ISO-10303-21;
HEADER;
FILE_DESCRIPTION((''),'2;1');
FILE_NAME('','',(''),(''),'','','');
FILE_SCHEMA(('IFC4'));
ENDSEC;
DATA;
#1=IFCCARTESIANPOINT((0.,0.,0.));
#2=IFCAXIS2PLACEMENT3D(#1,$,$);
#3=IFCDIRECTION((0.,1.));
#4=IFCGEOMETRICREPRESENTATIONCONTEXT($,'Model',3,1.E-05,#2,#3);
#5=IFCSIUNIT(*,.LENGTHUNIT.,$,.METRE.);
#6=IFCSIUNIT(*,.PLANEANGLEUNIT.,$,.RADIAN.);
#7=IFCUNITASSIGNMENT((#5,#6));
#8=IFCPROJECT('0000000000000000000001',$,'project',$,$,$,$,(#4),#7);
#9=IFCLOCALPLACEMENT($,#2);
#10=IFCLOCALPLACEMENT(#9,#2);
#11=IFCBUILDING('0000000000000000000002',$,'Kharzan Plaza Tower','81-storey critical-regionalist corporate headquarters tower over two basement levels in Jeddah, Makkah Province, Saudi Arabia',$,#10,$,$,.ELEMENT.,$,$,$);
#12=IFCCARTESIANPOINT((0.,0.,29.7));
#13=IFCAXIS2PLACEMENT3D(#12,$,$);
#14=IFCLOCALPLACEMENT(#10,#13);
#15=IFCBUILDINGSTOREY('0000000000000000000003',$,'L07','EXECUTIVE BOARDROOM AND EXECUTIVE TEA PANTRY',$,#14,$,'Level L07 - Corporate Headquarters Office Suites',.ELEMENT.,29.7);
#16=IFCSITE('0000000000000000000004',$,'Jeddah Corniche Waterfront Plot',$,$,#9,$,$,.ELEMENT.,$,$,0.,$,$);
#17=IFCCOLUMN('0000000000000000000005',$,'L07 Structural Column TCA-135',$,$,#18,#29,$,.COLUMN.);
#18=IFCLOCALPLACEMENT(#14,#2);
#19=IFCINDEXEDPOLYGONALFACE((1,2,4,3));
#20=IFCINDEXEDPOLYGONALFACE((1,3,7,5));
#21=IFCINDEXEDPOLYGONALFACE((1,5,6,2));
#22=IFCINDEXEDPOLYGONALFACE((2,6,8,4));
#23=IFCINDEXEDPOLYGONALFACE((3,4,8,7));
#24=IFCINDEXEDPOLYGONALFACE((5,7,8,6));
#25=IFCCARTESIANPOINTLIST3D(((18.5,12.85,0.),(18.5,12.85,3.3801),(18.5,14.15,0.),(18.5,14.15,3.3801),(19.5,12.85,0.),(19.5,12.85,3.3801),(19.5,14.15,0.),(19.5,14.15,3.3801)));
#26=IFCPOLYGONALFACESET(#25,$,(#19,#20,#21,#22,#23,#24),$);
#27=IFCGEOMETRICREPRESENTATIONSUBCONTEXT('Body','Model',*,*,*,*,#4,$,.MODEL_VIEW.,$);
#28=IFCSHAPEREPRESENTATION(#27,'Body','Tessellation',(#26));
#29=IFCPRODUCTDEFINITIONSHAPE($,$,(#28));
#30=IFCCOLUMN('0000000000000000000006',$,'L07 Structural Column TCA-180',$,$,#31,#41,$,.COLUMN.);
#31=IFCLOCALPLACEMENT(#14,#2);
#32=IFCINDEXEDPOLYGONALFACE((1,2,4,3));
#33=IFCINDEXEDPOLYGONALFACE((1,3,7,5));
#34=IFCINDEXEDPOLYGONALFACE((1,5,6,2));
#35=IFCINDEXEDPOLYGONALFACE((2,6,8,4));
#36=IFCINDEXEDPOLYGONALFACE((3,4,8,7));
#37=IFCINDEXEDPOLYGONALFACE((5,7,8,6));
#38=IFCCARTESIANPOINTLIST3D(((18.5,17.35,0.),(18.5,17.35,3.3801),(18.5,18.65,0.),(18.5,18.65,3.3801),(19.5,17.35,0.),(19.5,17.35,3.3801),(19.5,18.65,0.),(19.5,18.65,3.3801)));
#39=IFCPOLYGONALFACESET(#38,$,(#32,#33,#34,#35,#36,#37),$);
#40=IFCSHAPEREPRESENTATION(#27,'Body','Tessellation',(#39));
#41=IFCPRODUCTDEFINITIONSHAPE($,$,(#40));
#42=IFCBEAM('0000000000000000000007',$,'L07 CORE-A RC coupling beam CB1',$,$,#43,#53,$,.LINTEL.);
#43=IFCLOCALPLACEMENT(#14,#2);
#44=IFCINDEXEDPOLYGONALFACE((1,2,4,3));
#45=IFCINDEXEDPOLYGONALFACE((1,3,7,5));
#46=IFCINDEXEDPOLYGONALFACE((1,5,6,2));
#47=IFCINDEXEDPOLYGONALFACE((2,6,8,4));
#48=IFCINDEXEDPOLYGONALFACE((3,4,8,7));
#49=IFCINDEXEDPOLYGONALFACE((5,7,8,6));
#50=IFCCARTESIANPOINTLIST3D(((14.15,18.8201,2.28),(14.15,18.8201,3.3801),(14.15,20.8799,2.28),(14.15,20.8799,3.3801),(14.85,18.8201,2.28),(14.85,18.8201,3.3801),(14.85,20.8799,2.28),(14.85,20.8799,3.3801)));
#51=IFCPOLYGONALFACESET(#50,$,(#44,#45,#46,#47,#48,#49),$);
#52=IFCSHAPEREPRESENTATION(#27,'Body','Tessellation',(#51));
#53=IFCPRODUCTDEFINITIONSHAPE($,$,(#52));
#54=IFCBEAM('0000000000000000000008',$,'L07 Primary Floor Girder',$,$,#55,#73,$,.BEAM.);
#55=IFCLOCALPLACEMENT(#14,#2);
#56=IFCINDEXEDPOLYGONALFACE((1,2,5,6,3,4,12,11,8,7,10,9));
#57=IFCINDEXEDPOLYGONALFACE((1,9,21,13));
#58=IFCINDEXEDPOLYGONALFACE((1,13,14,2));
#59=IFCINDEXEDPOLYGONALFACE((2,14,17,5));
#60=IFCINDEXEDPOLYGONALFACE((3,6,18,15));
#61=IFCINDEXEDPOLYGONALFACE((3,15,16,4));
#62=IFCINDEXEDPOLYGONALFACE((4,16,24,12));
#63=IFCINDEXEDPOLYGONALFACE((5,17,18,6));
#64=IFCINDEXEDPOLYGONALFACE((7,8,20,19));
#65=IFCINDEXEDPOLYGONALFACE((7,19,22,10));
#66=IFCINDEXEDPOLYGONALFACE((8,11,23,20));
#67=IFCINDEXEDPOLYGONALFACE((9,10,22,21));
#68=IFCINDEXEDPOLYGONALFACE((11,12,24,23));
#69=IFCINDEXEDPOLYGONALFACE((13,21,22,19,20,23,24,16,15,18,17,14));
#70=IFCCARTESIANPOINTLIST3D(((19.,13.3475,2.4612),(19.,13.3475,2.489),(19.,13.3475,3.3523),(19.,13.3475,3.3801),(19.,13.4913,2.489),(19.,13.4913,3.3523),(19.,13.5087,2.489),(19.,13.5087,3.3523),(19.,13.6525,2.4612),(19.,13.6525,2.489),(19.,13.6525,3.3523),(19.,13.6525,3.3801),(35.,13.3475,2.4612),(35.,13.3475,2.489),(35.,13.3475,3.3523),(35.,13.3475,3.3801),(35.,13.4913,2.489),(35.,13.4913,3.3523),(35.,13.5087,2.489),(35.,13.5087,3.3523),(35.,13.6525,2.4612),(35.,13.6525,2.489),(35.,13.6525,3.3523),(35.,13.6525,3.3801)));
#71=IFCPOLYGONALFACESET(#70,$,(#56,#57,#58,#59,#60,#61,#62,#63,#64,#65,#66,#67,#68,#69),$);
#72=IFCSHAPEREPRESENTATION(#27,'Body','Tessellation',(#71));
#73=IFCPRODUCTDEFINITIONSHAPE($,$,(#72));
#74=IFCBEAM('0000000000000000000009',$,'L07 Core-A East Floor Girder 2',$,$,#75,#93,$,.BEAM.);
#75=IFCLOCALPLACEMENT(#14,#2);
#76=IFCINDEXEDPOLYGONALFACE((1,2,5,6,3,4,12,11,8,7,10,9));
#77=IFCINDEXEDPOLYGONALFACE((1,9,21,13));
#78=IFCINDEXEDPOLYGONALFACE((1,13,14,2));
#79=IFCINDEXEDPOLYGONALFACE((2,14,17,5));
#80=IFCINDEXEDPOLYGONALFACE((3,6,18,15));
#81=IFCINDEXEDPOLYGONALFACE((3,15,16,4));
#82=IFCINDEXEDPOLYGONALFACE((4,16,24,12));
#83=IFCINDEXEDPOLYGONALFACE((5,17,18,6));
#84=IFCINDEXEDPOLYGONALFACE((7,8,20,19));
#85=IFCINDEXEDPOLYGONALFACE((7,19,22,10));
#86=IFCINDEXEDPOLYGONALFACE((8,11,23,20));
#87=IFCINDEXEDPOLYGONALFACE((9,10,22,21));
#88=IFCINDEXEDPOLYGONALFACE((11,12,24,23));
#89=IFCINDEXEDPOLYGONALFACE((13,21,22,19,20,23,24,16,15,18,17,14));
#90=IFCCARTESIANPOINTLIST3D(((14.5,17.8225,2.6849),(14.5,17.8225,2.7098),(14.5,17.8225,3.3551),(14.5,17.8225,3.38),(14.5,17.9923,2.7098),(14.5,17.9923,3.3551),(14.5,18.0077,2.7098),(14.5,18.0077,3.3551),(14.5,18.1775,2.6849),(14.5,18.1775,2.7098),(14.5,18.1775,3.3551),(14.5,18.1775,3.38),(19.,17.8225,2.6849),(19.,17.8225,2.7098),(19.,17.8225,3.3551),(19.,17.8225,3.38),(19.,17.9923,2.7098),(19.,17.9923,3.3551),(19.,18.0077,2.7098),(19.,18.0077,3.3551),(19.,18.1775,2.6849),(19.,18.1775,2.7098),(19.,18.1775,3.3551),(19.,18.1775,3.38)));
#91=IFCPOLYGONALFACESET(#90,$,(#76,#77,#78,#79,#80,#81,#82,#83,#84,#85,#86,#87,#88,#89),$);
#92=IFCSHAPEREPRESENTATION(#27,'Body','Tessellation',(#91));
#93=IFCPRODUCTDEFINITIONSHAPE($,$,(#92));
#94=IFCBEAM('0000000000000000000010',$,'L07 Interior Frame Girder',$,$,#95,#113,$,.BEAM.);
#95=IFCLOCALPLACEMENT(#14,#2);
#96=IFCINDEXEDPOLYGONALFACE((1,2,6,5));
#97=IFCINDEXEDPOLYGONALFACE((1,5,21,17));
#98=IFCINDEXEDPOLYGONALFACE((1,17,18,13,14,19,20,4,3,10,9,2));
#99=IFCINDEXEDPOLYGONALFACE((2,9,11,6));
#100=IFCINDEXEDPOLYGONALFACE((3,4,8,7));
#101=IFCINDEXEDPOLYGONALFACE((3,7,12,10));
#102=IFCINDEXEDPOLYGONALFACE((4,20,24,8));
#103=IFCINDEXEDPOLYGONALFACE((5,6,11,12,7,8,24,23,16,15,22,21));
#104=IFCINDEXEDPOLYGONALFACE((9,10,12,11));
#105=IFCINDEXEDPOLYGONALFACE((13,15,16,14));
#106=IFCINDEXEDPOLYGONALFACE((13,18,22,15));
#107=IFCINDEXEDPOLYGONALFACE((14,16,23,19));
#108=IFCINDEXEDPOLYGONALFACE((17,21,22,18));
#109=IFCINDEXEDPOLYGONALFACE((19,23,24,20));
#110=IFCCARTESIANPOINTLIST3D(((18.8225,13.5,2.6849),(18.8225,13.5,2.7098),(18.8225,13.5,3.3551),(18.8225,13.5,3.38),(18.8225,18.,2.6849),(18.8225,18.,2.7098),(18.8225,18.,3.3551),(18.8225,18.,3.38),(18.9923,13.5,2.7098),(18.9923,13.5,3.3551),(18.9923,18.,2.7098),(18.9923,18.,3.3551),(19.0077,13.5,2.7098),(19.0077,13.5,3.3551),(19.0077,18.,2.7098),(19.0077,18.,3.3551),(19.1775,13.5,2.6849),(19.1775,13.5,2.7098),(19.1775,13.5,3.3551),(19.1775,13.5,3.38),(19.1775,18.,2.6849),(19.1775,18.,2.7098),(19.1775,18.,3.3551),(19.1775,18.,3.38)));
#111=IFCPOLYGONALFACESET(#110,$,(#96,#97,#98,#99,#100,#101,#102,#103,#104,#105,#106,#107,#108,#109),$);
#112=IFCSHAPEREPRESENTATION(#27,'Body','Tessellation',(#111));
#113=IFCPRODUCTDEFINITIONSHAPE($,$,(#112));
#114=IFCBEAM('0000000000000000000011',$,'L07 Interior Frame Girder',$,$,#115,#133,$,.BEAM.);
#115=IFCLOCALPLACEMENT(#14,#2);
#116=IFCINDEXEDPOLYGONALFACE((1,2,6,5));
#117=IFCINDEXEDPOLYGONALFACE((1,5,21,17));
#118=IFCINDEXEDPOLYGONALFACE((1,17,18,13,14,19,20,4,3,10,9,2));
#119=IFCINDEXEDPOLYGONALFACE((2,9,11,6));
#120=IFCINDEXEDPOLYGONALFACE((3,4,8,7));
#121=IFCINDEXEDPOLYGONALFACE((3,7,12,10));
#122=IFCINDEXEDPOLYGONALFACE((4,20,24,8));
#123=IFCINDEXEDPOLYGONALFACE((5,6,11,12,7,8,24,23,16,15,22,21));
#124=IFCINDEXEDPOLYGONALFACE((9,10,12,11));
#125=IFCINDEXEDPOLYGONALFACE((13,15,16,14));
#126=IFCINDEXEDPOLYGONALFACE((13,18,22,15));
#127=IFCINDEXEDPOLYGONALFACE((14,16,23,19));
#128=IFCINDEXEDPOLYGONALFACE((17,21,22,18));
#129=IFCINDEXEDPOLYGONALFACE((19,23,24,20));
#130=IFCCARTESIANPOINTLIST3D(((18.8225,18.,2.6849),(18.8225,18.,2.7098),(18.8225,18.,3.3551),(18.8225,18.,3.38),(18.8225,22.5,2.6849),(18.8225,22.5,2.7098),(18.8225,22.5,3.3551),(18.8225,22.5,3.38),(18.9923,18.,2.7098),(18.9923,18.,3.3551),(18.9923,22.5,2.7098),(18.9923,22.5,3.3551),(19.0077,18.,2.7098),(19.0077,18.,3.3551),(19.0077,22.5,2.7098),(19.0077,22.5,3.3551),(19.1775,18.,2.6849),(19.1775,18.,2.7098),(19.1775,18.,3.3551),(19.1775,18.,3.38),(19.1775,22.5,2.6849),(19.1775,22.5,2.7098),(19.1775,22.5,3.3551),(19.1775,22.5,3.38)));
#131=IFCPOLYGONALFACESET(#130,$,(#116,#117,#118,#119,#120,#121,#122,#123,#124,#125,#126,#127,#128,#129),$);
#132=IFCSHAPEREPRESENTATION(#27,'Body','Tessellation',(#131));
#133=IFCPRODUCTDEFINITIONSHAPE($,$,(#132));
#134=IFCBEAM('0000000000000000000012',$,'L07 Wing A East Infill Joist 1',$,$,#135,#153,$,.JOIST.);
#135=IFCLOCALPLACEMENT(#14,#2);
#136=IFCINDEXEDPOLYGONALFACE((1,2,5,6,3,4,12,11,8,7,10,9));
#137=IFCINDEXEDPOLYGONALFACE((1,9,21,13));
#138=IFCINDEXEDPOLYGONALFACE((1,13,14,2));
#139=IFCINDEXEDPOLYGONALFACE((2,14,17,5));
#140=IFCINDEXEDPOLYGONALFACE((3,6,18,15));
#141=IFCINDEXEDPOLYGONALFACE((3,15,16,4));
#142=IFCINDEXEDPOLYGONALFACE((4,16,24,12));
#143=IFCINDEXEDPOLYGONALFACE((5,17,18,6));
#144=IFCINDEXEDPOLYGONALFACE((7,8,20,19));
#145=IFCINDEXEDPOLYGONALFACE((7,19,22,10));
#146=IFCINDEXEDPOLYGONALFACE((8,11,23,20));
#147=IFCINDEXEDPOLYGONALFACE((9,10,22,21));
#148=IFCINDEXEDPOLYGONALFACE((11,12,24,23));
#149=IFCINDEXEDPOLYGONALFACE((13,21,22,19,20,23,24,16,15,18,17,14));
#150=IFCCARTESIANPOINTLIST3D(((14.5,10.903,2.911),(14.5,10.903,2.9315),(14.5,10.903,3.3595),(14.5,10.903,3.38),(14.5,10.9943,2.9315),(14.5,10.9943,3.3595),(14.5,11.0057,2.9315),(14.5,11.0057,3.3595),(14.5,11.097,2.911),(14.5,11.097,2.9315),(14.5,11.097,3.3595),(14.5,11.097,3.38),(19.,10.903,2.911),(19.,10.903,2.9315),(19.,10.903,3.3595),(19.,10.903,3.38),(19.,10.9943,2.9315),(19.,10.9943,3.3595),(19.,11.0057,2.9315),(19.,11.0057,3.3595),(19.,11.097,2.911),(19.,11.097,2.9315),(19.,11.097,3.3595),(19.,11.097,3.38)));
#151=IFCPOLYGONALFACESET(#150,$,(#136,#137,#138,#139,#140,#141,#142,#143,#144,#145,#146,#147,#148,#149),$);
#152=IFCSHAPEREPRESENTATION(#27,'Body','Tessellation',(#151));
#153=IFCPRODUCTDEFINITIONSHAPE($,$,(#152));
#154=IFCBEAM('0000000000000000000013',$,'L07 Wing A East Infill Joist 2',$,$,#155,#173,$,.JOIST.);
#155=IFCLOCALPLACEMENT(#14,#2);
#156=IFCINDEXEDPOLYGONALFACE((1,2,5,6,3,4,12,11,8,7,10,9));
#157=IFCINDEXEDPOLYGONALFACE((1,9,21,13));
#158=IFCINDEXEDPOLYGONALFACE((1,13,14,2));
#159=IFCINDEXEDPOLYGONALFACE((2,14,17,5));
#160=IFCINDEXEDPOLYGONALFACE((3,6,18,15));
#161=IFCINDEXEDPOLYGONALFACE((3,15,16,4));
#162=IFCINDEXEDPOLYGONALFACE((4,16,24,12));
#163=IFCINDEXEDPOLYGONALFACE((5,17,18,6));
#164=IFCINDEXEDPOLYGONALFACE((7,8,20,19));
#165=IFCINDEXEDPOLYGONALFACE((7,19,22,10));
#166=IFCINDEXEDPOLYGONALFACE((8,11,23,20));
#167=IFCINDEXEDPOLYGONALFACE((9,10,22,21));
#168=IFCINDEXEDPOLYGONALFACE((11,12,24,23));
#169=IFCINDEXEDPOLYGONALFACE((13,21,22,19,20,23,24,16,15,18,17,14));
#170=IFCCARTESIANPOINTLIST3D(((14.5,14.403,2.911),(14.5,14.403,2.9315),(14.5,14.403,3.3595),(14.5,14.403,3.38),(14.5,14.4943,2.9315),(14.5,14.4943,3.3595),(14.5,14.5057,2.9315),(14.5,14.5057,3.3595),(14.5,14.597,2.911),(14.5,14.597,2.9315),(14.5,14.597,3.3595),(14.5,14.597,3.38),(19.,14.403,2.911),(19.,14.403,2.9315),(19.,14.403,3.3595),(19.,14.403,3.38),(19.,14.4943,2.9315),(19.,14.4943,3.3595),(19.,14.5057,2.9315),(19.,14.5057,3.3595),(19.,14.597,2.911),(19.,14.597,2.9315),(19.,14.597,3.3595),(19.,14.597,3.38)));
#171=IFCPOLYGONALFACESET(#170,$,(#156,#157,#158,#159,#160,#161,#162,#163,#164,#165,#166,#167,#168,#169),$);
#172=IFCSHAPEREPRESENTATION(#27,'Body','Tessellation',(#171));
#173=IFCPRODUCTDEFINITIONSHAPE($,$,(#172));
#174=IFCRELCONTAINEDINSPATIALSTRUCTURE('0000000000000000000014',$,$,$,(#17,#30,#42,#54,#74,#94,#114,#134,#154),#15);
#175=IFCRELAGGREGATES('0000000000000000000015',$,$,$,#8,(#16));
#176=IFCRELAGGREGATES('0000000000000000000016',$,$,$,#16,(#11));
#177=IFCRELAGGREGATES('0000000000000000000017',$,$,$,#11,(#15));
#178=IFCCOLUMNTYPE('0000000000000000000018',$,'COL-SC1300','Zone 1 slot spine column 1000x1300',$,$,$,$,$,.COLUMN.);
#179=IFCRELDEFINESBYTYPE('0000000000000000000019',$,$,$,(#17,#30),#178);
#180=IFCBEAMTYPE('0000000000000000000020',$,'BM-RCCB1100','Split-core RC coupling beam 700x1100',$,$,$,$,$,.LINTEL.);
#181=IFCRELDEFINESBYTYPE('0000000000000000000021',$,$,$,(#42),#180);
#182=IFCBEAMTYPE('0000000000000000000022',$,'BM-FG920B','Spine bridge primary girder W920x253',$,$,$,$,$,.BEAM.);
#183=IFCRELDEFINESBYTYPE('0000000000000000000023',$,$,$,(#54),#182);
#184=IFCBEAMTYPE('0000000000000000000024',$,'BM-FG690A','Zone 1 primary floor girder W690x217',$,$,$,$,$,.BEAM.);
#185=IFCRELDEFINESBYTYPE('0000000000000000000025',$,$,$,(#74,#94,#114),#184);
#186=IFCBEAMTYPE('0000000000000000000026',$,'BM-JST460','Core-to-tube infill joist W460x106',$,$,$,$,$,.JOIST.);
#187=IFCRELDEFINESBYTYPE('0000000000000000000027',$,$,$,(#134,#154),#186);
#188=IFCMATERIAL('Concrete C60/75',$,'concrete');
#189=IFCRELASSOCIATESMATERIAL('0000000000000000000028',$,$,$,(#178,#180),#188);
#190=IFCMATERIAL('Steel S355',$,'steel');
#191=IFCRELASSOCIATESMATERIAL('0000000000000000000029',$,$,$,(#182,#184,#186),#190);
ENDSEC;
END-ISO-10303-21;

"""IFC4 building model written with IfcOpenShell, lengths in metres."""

from ifc_helpers import new_model, si_unit, direction, frame, origin, origin_2d, place, context, subcontext, project, spatial, rectangle, i_section, extrude, source, transform, mapped, material, material_profile, profile_set, type_object, element, save


model = new_model("IFC4")

# Units and contexts
model_context = context("Model", 3, precision=1e-05, world=origin(), true_north=direction((0.0, 1.0)))
body_context = subcontext(model_context, "Body", "Model", "MODEL_VIEW")
ifc_project = project(units=[si_unit("LENGTHUNIT", "METRE"), si_unit("PLANEANGLEUNIT", "RADIAN")], contexts=[model_context])

# Site, building, storey
site_placement = place(None, origin())
site = spatial("IfcSite", under=ifc_project, at=site_placement, Name="Jeddah Corniche Waterfront Plot", CompositionType="ELEMENT", RefElevation=0.0)
building_placement = place(site_placement, origin())
building = spatial("IfcBuilding", under=site, at=building_placement, Name="Kharzan Plaza Tower", Description="81-storey critical-regionalist corporate headquarters tower over two basement levels in Jeddah, Makkah Province, Saudi Arabia", CompositionType="ELEMENT")
storey_placement = place(building_placement, frame((0.0, 0.0, 29.7)))
storey = spatial("IfcBuildingStorey", under=building, at=storey_placement, Name="L07", Description="EXECUTIVE BOARDROOM AND EXECUTIVE TEA PANTRY", LongName="Level L07 - Corporate Headquarters Office Suites", CompositionType="ELEMENT", Elevation=29.7)

# Columns
ifc_material_1 = material(Name="Concrete C60/75", Category="concrete")
ifc_material_profile_1 = material_profile(ifc_material_1, rectangle(XDim=1.0, YDim=1.3, at=origin_2d()), Name="RC-SC1300x1000")
ifc_profile_set_1 = profile_set([ifc_material_profile_1], Name="Concrete C60/75")
column_type = type_object("IfcColumnType", Name="COL-SC1300", Description="Zone 1 slot spine column 1000x1300", PredefinedType="COLUMN", material=ifc_profile_set_1)
shared_shape_1 = source(origin(), body_context, "Body", "SweptSolid", [
    extrude(rectangle(XDim=1.0, YDim=1.3, at=origin_2d()), origin(), (0.0, 0.0, 1.0), 3.3801),
])
for number, where, z_axis, x_axis, name in (
    (1, (19.0, 13.5, 0.0), (0.0, 0.0, 1.0), (1.0, 0.0, 0.0), "L07 Structural Column TCA-135"),
    (2, (19.0, 18.0, 0.0), (0.0, 0.0, 1.0), (1.0, 0.0, 0.0), "L07 Structural Column TCA-180"),
):
    element("IfcColumn", number, at=place(storey_placement, frame(where, z_axis=z_axis, x_axis=x_axis)), inside=storey, type_object=column_type, Name=name, PredefinedType="COLUMN", context=body_context, shape_type="MappedRepresentation", body=[
        mapped(shared_shape_1, transform((0.0, 0.0, 0.0), x_axis=(1.0, 0.0, 0.0), y_axis=(0.0, 1.0, 0.0), z_axis=(0.0, 0.0, 1.0))),
    ])

# Beams
ifc_material_profile_2 = material_profile(ifc_material_1, rectangle(XDim=0.7, YDim=1.1001, at=origin_2d()), Name="RC-CB1100x700")
ifc_profile_set_2 = profile_set([ifc_material_profile_2], Name="Concrete C60/75")
beam_type_1 = type_object("IfcBeamType", Name="BM-RCCB1100", Description="Split-core RC coupling beam 700x1100", PredefinedType="LINTEL", material=ifc_profile_set_2)
shared_shape_2 = source(origin(), body_context, "Body", "SweptSolid", [
    extrude(rectangle(XDim=0.7, YDim=1.1001, at=origin_2d()), origin(), (0.0, 0.0, 1.0), 2.0598),
])
beam_1_placement = place(storey_placement, frame((14.5, 18.8201, 2.8301), z_axis=(0.0, 1.0, 0.0), x_axis=(-1.0, 0.0, 0.0)))
element("IfcBeam", 3, at=beam_1_placement, inside=storey, type_object=beam_type_1, Name="L07 CORE-A RC coupling beam CB1", PredefinedType="LINTEL", context=body_context, shape_type="MappedRepresentation", body=[
    mapped(shared_shape_2, transform((0.0, 0.0, 0.0), x_axis=(1.0, 0.0, 0.0), y_axis=(0.0, 1.0, 0.0), z_axis=(0.0, 0.0, 1.0))),
])
ifc_material_2 = material(Name="Steel S355", Category="steel")
ifc_material_profile_3 = material_profile(ifc_material_2, i_section(OverallWidth=0.3049, OverallDepth=0.9189, WebThickness=0.0173, FlangeThickness=0.0278, at=origin_2d()), Name="W920x253")
ifc_profile_set_3 = profile_set([ifc_material_profile_3], Name="Steel S355")
beam_type_2 = type_object("IfcBeamType", Name="BM-FG920B", Description="Spine bridge primary girder W920x253", PredefinedType="BEAM", material=ifc_profile_set_3)
shared_shape_3 = source(origin(), body_context, "Body", "SweptSolid", [
    extrude(i_section(OverallWidth=0.3049, OverallDepth=0.9189, WebThickness=0.0173, FlangeThickness=0.0278, at=origin_2d()), origin(), (0.0, 0.0, 1.0), 16.0),
])
beam_2_placement = place(storey_placement, frame((19.0, 13.5, 2.9207), z_axis=(1.0, 0.0, 0.0), x_axis=(0.0, 1.0, 0.0)))
element("IfcBeam", 4, at=beam_2_placement, inside=storey, type_object=beam_type_2, Name="L07 Primary Floor Girder", PredefinedType="BEAM", context=body_context, shape_type="MappedRepresentation", body=[
    mapped(shared_shape_3, transform((0.0, 0.0, 0.0), x_axis=(1.0, 0.0, 0.0), y_axis=(0.0, 1.0, 0.0), z_axis=(0.0, 0.0, 1.0))),
])
ifc_material_profile_4 = material_profile(ifc_material_2, i_section(OverallWidth=0.355, OverallDepth=0.6951, WebThickness=0.0154, FlangeThickness=0.0249, at=origin_2d()), Name="W690x217")
ifc_profile_set_4 = profile_set([ifc_material_profile_4], Name="Steel S355")
beam_type_3 = type_object("IfcBeamType", Name="BM-FG690A", Description="Zone 1 primary floor girder W690x217", PredefinedType="BEAM", material=ifc_profile_set_4)
shared_shape_4 = source(origin(), body_context, "Body", "SweptSolid", [
    extrude(i_section(OverallWidth=0.355, OverallDepth=0.6951, WebThickness=0.0154, FlangeThickness=0.0249, at=origin_2d()), origin(), (0.0, 0.0, 1.0), 4.5),
])
for number, where, z_axis, x_axis, name in (
    (5, (14.5, 18.0, 3.0325), (1.0, 0.0, 0.0), (0.0, 1.0, 0.0), "L07 Core-A East Floor Girder 2"),
    (6, (19.0, 13.5, 3.0325), (0.0, 1.0, 0.0), (-1.0, 0.0, 0.0), "L07 Interior Frame Girder"),
    (7, (19.0, 18.0, 3.0325), (0.0, 1.0, 0.0), (-1.0, 0.0, 0.0), "L07 Interior Frame Girder"),
):
    element("IfcBeam", number, at=place(storey_placement, frame(where, z_axis=z_axis, x_axis=x_axis)), inside=storey, type_object=beam_type_3, Name=name, PredefinedType="BEAM", context=body_context, shape_type="MappedRepresentation", body=[
        mapped(shared_shape_4, transform((0.0, 0.0, 0.0), x_axis=(1.0, 0.0, 0.0), y_axis=(0.0, 1.0, 0.0), z_axis=(0.0, 0.0, 1.0))),
    ])
ifc_material_profile_5 = material_profile(ifc_material_2, i_section(OverallWidth=0.1941, OverallDepth=0.469, WebThickness=0.0115, FlangeThickness=0.0205, at=origin_2d()), Name="W460x106")
ifc_profile_set_5 = profile_set([ifc_material_profile_5], Name="Steel S355")
beam_type_4 = type_object("IfcBeamType", Name="BM-JST460", Description="Core-to-tube infill joist W460x106", PredefinedType="JOIST", material=ifc_profile_set_5)
shared_shape_5 = source(origin(), body_context, "Body", "SweptSolid", [
    extrude(i_section(OverallWidth=0.1941, OverallDepth=0.469, WebThickness=0.0115, FlangeThickness=0.0205, at=origin_2d()), origin(), (0.0, 0.0, 1.0), 4.5),
])
for number, where, z_axis, x_axis, name in (
    (8, (14.5, 11.0, 3.1455), (1.0, 0.0, 0.0), (0.0, 1.0, 0.0), "L07 Wing A East Infill Joist 1"),
    (9, (14.5, 14.5, 3.1455), (1.0, 0.0, 0.0), (0.0, 1.0, 0.0), "L07 Wing A East Infill Joist 2"),
):
    element("IfcBeam", number, at=place(storey_placement, frame(where, z_axis=z_axis, x_axis=x_axis)), inside=storey, type_object=beam_type_4, Name=name, PredefinedType="JOIST", context=body_context, shape_type="MappedRepresentation", body=[
        mapped(shared_shape_5, transform((0.0, 0.0, 0.0), x_axis=(1.0, 0.0, 0.0), y_axis=(0.0, 1.0, 0.0), z_axis=(0.0, 0.0, 1.0))),
    ])

save(model, "model.ifc")
